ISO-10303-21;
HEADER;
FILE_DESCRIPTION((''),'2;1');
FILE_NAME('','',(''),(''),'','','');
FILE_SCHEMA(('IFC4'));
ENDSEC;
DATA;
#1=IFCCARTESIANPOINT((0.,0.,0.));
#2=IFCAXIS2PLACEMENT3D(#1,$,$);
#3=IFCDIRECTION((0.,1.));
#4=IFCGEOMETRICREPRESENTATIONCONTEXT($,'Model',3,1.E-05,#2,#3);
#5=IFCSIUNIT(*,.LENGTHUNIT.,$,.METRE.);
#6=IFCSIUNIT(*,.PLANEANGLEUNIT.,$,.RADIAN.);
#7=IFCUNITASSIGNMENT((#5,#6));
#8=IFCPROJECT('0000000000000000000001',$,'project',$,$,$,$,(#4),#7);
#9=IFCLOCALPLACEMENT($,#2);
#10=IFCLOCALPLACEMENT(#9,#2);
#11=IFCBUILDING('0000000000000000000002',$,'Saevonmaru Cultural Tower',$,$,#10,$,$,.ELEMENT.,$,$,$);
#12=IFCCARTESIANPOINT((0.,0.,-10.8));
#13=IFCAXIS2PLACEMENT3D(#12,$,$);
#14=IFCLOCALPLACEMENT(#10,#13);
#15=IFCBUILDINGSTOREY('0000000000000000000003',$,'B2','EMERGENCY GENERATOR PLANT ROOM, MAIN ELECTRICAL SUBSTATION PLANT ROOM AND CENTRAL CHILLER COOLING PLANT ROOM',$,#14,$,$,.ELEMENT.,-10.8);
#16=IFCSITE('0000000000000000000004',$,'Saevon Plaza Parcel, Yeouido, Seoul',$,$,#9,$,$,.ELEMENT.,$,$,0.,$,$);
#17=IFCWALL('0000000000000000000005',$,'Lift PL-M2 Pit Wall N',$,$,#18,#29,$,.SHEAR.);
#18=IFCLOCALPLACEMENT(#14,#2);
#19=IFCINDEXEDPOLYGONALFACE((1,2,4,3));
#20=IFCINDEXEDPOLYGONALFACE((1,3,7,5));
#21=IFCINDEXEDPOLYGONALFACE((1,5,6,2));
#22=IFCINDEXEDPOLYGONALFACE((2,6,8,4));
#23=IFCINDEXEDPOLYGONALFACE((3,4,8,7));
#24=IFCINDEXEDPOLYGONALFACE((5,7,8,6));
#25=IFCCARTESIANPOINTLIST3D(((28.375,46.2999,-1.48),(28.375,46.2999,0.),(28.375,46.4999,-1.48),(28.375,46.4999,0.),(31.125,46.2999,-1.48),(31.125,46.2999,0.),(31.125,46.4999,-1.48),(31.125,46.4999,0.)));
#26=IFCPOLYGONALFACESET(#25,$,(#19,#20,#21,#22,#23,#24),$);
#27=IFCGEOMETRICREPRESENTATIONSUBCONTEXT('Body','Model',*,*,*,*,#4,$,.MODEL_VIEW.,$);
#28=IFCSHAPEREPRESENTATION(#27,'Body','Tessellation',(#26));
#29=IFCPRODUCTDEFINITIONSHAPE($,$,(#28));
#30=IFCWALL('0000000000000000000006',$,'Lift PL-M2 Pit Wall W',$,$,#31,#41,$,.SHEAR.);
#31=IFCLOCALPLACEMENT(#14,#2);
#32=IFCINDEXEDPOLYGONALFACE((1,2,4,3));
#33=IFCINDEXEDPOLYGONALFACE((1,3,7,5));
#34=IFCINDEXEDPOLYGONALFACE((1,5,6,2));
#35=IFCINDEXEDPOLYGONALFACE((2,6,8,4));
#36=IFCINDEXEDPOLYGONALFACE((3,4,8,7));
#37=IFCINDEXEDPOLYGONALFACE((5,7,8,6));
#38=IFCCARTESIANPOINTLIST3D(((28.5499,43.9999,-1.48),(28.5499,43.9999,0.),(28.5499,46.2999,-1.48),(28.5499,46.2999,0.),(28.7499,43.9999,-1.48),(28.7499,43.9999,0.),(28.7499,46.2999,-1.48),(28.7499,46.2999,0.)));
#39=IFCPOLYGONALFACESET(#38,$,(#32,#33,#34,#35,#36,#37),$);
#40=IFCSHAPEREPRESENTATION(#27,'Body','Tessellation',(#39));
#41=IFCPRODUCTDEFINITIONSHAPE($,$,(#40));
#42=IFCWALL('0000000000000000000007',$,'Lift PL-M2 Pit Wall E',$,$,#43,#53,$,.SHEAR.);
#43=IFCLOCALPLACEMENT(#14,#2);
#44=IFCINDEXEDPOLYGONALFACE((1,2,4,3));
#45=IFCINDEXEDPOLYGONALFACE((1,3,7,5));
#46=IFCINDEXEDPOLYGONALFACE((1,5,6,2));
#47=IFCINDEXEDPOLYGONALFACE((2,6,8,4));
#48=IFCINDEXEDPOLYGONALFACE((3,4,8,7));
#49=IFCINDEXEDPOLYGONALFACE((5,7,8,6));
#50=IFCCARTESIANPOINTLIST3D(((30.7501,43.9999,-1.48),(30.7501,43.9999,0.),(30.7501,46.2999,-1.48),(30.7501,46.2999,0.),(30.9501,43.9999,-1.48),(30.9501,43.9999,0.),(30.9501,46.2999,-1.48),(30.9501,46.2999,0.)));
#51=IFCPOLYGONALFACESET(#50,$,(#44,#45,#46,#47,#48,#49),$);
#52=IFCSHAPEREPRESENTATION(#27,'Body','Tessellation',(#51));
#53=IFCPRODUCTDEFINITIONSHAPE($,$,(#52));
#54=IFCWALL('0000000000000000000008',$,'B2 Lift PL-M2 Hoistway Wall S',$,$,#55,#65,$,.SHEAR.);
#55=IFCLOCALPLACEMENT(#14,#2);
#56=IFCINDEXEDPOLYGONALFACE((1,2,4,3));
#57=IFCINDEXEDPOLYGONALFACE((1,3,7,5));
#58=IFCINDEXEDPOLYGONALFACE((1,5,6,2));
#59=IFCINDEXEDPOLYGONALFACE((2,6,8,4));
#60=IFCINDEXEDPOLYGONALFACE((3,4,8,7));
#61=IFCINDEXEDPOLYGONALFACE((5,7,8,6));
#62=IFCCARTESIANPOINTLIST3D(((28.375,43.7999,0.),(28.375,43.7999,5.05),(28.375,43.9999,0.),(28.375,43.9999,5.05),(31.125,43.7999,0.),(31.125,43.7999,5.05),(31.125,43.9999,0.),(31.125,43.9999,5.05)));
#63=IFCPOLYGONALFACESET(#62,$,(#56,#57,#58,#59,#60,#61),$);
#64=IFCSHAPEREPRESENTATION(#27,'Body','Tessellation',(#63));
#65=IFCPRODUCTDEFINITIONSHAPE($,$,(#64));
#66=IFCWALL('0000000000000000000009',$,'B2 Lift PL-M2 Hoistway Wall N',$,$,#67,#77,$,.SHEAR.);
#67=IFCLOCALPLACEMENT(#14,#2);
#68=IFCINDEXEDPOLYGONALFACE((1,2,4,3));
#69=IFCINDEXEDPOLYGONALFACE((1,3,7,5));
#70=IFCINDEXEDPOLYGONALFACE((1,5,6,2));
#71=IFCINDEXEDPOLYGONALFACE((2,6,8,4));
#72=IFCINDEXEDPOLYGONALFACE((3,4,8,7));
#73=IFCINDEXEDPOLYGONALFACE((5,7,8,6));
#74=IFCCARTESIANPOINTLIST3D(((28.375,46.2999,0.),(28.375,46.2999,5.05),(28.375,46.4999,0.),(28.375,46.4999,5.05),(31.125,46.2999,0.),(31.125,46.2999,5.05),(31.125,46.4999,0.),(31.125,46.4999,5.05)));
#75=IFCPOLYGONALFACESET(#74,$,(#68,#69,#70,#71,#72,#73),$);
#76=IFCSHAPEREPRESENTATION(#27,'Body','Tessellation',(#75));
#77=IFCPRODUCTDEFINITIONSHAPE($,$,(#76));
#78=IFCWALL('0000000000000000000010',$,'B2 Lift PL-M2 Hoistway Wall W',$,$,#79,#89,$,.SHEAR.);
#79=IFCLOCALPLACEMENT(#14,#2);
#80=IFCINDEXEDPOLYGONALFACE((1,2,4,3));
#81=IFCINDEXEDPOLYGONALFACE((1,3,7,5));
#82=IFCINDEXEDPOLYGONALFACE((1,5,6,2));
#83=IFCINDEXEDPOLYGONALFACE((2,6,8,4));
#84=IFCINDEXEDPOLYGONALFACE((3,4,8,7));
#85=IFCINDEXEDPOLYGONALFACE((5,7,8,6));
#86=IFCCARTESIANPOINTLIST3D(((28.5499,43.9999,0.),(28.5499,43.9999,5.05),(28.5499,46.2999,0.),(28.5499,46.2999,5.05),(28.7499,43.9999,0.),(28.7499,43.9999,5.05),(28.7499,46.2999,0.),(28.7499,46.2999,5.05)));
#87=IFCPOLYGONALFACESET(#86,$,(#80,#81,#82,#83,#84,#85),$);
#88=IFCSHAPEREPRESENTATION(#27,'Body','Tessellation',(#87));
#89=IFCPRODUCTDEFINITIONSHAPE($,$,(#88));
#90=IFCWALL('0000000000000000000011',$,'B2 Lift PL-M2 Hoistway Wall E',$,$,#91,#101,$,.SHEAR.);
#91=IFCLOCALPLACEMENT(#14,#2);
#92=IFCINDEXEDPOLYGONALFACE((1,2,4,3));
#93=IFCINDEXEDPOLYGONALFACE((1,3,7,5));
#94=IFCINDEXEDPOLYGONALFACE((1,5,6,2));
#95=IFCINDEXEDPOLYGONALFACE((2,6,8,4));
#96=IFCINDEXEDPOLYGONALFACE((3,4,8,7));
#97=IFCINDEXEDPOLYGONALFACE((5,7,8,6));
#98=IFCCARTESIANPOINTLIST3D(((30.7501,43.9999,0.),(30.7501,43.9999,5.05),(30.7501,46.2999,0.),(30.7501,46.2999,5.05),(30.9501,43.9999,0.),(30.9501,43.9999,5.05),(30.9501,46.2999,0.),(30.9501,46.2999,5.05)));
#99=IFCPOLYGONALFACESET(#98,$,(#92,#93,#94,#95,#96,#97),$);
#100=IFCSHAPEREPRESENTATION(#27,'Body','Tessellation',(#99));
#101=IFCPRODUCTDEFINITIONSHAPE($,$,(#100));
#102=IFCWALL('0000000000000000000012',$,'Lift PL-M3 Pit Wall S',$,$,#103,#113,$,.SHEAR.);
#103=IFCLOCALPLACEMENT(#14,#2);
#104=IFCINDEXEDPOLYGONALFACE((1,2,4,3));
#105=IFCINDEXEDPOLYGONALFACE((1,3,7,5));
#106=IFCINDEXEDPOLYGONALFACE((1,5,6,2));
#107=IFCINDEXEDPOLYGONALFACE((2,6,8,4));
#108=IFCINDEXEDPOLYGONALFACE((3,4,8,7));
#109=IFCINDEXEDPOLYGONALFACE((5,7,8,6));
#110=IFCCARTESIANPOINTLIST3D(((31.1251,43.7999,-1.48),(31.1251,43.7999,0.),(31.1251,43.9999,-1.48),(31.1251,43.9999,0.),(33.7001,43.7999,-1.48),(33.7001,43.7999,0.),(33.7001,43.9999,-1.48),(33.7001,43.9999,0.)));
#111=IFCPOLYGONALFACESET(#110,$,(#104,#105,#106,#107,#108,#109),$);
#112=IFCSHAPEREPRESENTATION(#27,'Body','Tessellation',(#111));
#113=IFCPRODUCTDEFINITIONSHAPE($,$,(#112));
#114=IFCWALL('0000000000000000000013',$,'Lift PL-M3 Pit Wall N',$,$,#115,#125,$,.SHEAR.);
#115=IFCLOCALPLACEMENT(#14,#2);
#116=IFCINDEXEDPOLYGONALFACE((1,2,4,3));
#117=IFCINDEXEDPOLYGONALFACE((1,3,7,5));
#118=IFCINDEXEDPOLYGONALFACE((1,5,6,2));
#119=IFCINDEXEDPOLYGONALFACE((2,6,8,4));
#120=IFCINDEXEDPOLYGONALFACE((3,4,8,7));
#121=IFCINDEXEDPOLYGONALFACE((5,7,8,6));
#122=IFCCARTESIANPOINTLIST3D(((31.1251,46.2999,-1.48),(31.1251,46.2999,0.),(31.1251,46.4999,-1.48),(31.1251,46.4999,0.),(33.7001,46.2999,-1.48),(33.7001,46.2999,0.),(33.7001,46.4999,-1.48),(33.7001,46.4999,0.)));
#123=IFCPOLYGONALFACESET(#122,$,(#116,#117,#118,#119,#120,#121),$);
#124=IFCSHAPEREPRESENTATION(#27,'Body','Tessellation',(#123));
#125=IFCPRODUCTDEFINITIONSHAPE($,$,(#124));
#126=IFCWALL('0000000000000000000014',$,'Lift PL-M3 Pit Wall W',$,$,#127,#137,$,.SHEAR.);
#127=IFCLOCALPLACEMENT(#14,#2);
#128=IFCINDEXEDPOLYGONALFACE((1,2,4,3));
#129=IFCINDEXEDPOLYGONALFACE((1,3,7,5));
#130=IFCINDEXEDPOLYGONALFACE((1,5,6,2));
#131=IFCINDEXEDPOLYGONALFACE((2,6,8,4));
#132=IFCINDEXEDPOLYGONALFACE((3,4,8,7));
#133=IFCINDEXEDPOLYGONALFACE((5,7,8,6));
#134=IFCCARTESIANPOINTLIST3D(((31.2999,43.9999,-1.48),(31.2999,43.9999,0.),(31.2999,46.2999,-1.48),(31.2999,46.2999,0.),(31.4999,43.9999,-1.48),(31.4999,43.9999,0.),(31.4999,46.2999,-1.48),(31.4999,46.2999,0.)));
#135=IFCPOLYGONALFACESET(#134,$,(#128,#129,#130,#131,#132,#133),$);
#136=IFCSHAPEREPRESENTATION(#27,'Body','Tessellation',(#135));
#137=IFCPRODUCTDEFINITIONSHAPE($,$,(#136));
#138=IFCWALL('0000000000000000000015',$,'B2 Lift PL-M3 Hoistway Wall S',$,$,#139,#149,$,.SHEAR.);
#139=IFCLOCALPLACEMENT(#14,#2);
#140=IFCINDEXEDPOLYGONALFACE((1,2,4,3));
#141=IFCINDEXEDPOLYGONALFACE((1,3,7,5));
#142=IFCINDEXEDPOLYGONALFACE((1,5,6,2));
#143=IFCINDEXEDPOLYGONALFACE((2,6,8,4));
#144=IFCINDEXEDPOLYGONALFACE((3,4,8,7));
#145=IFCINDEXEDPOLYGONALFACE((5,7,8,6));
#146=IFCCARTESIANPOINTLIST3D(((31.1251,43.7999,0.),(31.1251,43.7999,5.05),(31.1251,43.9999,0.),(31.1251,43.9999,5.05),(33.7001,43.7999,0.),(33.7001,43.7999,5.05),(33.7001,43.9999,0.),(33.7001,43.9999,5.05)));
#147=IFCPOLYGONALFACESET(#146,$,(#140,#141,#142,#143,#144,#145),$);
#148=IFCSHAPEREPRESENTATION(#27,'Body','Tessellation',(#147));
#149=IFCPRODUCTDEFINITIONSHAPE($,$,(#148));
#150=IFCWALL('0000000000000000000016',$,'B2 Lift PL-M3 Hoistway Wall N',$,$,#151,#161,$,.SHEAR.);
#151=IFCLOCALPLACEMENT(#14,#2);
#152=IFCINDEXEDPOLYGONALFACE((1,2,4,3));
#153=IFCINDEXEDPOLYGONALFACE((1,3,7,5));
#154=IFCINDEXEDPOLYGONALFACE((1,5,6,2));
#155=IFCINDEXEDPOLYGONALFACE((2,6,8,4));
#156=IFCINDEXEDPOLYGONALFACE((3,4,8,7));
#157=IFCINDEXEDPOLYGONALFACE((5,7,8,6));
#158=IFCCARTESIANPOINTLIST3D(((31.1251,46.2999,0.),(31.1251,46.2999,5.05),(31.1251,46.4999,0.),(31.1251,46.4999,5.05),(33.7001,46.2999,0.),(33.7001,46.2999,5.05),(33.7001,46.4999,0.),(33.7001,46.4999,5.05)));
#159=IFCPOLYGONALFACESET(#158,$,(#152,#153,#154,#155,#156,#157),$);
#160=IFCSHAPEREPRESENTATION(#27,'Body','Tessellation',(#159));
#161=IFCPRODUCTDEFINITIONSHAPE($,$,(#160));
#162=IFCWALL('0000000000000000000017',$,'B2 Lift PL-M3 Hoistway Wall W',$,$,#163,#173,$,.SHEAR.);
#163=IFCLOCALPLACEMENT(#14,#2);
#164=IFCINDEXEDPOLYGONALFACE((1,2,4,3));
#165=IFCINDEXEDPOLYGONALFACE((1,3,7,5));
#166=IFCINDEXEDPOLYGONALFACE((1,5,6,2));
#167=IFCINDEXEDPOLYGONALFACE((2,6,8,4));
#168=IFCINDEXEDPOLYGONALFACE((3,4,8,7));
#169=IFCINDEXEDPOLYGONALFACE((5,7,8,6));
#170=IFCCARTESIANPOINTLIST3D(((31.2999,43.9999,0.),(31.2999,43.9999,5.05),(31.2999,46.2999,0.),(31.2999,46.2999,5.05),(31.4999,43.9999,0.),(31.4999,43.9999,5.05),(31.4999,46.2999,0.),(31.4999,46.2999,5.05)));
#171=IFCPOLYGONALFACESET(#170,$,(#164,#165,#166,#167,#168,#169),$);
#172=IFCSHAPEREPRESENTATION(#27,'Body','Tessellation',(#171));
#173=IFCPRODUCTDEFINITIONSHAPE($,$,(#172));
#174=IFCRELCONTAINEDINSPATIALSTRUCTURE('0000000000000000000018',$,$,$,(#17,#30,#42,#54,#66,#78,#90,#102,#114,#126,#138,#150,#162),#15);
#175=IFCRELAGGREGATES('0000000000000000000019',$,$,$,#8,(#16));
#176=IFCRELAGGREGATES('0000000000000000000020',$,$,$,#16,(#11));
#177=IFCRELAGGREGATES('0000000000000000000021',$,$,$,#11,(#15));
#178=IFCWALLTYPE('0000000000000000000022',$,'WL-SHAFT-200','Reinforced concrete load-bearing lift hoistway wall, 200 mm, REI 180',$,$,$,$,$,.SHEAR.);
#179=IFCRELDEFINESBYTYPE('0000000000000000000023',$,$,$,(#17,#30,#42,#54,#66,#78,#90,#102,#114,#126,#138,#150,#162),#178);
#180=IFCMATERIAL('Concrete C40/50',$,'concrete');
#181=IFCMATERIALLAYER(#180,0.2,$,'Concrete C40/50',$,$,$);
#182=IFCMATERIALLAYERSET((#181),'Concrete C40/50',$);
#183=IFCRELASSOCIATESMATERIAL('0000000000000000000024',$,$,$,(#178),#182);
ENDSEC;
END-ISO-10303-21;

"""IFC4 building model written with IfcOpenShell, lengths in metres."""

from ifc_helpers import new_model, si_unit, direction, frame, frame_2d, origin, place, context, subcontext, project, spatial, rectangle, extrude, material, layer, layer_set, type_object, element, save


model = new_model("IFC4")

# Units and contexts
model_context = context("Model", 3, precision=1e-05, world=origin(), true_north=direction((0.0, 1.0)))
body_context = subcontext(model_context, "Body", "Model", "MODEL_VIEW")
ifc_project = project(units=[si_unit("LENGTHUNIT", "METRE"), si_unit("PLANEANGLEUNIT", "RADIAN")], contexts=[model_context])

# Site, building, storey
site_placement = place(None, origin())
site = spatial("IfcSite", under=ifc_project, at=site_placement, Name="Saevon Plaza Parcel, Yeouido, Seoul", CompositionType="ELEMENT", RefElevation=0.0)
building_placement = place(site_placement, origin())
building = spatial("IfcBuilding", under=site, at=building_placement, Name="Saevonmaru Cultural Tower", CompositionType="ELEMENT")
storey_placement = place(building_placement, frame((0.0, 0.0, -10.8)))
storey = spatial("IfcBuildingStorey", under=building, at=storey_placement, Name="B2", Description="EMERGENCY GENERATOR PLANT ROOM, MAIN ELECTRICAL SUBSTATION PLANT ROOM AND CENTRAL CHILLER COOLING PLANT ROOM", CompositionType="ELEMENT", Elevation=-10.8)

# Walls
ifc_material_1 = material(Name="Concrete C40/50", Category="concrete")
ifc_layer_1 = layer(ifc_material_1, 0.2, Name="Concrete C40/50")
ifc_layer_set_1 = layer_set([ifc_layer_1], Name="Concrete C40/50")
wall_type_1 = type_object("IfcWallType", Name="WL-SHAFT-200", Description="Reinforced concrete load-bearing lift hoistway wall, 200 mm, REI 180", PredefinedType="SHEAR", material=ifc_layer_set_1)
for number, where, z_axis, x_axis, name in (
    (1, (28.375, 46.3999, -1.48), (0.0, 0.0, 1.0), (1.0, 0.0, 0.0), "Lift PL-M2 Pit Wall N"),
):
    element("IfcWall", number, at=place(storey_placement, frame(where, z_axis=z_axis, x_axis=x_axis)), inside=storey, type_object=wall_type_1, Name=name, PredefinedType="SHEAR", context=body_context, shape_type="SweptSolid", body=[
        extrude(rectangle(XDim=2.75, YDim=0.2, at=frame_2d((1.375, 0.0))), origin(), (0.0, 0.0, 1.0), 1.48),
    ])
for number, where, z_axis, x_axis, name in (
    (2, (28.6499, 44.0, -1.48), (0.0, 0.0, 1.0), (0.0, 1.0, 0.0), "Lift PL-M2 Pit Wall W"),
    (3, (30.8501, 44.0, -1.48), (0.0, 0.0, 1.0), (0.0, 1.0, 0.0), "Lift PL-M2 Pit Wall E"),
):
    element("IfcWall", number, at=place(storey_placement, frame(where, z_axis=z_axis, x_axis=x_axis)), inside=storey, type_object=wall_type_1, Name=name, PredefinedType="SHEAR", context=body_context, shape_type="SweptSolid", body=[
        extrude(rectangle(XDim=2.3, YDim=0.2, at=frame_2d((1.1499, 0.0))), origin(), (0.0, 0.0, 1.0), 1.48),
    ])
for number, where, z_axis, x_axis, name in (
    (4, (28.375, 43.8999, 0.0), (0.0, 0.0, 1.0), (1.0, 0.0, 0.0), "B2 Lift PL-M2 Hoistway Wall S"),
    (5, (28.375, 46.3999, 0.0), (0.0, 0.0, 1.0), (1.0, 0.0, 0.0), "B2 Lift PL-M2 Hoistway Wall N"),
):
    element("IfcWall", number, at=place(storey_placement, frame(where, z_axis=z_axis, x_axis=x_axis)), inside=storey, type_object=wall_type_1, Name=name, PredefinedType="SHEAR", context=body_context, shape_type="SweptSolid", body=[
        extrude(rectangle(XDim=2.75, YDim=0.2, at=frame_2d((1.375, 0.0))), origin(), (0.0, 0.0, 1.0), 5.05),
    ])
for number, where, z_axis, x_axis, name in (
    (6, (28.6499, 44.0, 0.0), (0.0, 0.0, 1.0), (0.0, 1.0, 0.0), "B2 Lift PL-M2 Hoistway Wall W"),
    (7, (30.8501, 44.0, 0.0), (0.0, 0.0, 1.0), (0.0, 1.0, 0.0), "B2 Lift PL-M2 Hoistway Wall E"),
):
    element("IfcWall", number, at=place(storey_placement, frame(where, z_axis=z_axis, x_axis=x_axis)), inside=storey, type_object=wall_type_1, Name=name, PredefinedType="SHEAR", context=body_context, shape_type="SweptSolid", body=[
        extrude(rectangle(XDim=2.3, YDim=0.2, at=frame_2d((1.1499, 0.0))), origin(), (0.0, 0.0, 1.0), 5.05),
    ])
for number, where, z_axis, x_axis, name in (
    (8, (31.125, 43.8999, -1.48), (0.0, 0.0, 1.0), (1.0, 0.0, 0.0), "Lift PL-M3 Pit Wall S"),
    (9, (31.125, 46.3999, -1.48), (0.0, 0.0, 1.0), (1.0, 0.0, 0.0), "Lift PL-M3 Pit Wall N"),
):
    element("IfcWall", number, at=place(storey_placement, frame(where, z_axis=z_axis, x_axis=x_axis)), inside=storey, type_object=wall_type_1, Name=name, PredefinedType="SHEAR", context=body_context, shape_type="SweptSolid", body=[
        extrude(rectangle(XDim=2.575, YDim=0.2, at=frame_2d((1.2876, 0.0))), origin(), (0.0, 0.0, 1.0), 1.48),
    ])
wall_1_placement = place(storey_placement, frame((31.3999, 44.0, -1.48), z_axis=(0.0, 0.0, 1.0), x_axis=(0.0, 1.0, 0.0)))
element("IfcWall", 10, at=wall_1_placement, inside=storey, type_object=wall_type_1, Name="Lift PL-M3 Pit Wall W", PredefinedType="SHEAR", context=body_context, shape_type="SweptSolid", body=[
    extrude(rectangle(XDim=2.3, YDim=0.2, at=frame_2d((1.1499, 0.0))), origin(), (0.0, 0.0, 1.0), 1.48),
])
for number, where, z_axis, x_axis, name in (
    (11, (31.125, 43.8999, 0.0), (0.0, 0.0, 1.0), (1.0, 0.0, 0.0), "B2 Lift PL-M3 Hoistway Wall S"),
    (12, (31.125, 46.3999, 0.0), (0.0, 0.0, 1.0), (1.0, 0.0, 0.0), "B2 Lift PL-M3 Hoistway Wall N"),
):
    element("IfcWall", number, at=place(storey_placement, frame(where, z_axis=z_axis, x_axis=x_axis)), inside=storey, type_object=wall_type_1, Name=name, PredefinedType="SHEAR", context=body_context, shape_type="SweptSolid", body=[
        extrude(rectangle(XDim=2.575, YDim=0.2, at=frame_2d((1.2876, 0.0))), origin(), (0.0, 0.0, 1.0), 5.05),
    ])
wall_2_placement = place(storey_placement, frame((31.3999, 44.0, 0.0), z_axis=(0.0, 0.0, 1.0), x_axis=(0.0, 1.0, 0.0)))
element("IfcWall", 13, at=wall_2_placement, inside=storey, type_object=wall_type_1, Name="B2 Lift PL-M3 Hoistway Wall W", PredefinedType="SHEAR", context=body_context, shape_type="SweptSolid", body=[
    extrude(rectangle(XDim=2.3, YDim=0.2, at=frame_2d((1.1499, 0.0))), origin(), (0.0, 0.0, 1.0), 5.05),
])

save(model, "model.ifc")
